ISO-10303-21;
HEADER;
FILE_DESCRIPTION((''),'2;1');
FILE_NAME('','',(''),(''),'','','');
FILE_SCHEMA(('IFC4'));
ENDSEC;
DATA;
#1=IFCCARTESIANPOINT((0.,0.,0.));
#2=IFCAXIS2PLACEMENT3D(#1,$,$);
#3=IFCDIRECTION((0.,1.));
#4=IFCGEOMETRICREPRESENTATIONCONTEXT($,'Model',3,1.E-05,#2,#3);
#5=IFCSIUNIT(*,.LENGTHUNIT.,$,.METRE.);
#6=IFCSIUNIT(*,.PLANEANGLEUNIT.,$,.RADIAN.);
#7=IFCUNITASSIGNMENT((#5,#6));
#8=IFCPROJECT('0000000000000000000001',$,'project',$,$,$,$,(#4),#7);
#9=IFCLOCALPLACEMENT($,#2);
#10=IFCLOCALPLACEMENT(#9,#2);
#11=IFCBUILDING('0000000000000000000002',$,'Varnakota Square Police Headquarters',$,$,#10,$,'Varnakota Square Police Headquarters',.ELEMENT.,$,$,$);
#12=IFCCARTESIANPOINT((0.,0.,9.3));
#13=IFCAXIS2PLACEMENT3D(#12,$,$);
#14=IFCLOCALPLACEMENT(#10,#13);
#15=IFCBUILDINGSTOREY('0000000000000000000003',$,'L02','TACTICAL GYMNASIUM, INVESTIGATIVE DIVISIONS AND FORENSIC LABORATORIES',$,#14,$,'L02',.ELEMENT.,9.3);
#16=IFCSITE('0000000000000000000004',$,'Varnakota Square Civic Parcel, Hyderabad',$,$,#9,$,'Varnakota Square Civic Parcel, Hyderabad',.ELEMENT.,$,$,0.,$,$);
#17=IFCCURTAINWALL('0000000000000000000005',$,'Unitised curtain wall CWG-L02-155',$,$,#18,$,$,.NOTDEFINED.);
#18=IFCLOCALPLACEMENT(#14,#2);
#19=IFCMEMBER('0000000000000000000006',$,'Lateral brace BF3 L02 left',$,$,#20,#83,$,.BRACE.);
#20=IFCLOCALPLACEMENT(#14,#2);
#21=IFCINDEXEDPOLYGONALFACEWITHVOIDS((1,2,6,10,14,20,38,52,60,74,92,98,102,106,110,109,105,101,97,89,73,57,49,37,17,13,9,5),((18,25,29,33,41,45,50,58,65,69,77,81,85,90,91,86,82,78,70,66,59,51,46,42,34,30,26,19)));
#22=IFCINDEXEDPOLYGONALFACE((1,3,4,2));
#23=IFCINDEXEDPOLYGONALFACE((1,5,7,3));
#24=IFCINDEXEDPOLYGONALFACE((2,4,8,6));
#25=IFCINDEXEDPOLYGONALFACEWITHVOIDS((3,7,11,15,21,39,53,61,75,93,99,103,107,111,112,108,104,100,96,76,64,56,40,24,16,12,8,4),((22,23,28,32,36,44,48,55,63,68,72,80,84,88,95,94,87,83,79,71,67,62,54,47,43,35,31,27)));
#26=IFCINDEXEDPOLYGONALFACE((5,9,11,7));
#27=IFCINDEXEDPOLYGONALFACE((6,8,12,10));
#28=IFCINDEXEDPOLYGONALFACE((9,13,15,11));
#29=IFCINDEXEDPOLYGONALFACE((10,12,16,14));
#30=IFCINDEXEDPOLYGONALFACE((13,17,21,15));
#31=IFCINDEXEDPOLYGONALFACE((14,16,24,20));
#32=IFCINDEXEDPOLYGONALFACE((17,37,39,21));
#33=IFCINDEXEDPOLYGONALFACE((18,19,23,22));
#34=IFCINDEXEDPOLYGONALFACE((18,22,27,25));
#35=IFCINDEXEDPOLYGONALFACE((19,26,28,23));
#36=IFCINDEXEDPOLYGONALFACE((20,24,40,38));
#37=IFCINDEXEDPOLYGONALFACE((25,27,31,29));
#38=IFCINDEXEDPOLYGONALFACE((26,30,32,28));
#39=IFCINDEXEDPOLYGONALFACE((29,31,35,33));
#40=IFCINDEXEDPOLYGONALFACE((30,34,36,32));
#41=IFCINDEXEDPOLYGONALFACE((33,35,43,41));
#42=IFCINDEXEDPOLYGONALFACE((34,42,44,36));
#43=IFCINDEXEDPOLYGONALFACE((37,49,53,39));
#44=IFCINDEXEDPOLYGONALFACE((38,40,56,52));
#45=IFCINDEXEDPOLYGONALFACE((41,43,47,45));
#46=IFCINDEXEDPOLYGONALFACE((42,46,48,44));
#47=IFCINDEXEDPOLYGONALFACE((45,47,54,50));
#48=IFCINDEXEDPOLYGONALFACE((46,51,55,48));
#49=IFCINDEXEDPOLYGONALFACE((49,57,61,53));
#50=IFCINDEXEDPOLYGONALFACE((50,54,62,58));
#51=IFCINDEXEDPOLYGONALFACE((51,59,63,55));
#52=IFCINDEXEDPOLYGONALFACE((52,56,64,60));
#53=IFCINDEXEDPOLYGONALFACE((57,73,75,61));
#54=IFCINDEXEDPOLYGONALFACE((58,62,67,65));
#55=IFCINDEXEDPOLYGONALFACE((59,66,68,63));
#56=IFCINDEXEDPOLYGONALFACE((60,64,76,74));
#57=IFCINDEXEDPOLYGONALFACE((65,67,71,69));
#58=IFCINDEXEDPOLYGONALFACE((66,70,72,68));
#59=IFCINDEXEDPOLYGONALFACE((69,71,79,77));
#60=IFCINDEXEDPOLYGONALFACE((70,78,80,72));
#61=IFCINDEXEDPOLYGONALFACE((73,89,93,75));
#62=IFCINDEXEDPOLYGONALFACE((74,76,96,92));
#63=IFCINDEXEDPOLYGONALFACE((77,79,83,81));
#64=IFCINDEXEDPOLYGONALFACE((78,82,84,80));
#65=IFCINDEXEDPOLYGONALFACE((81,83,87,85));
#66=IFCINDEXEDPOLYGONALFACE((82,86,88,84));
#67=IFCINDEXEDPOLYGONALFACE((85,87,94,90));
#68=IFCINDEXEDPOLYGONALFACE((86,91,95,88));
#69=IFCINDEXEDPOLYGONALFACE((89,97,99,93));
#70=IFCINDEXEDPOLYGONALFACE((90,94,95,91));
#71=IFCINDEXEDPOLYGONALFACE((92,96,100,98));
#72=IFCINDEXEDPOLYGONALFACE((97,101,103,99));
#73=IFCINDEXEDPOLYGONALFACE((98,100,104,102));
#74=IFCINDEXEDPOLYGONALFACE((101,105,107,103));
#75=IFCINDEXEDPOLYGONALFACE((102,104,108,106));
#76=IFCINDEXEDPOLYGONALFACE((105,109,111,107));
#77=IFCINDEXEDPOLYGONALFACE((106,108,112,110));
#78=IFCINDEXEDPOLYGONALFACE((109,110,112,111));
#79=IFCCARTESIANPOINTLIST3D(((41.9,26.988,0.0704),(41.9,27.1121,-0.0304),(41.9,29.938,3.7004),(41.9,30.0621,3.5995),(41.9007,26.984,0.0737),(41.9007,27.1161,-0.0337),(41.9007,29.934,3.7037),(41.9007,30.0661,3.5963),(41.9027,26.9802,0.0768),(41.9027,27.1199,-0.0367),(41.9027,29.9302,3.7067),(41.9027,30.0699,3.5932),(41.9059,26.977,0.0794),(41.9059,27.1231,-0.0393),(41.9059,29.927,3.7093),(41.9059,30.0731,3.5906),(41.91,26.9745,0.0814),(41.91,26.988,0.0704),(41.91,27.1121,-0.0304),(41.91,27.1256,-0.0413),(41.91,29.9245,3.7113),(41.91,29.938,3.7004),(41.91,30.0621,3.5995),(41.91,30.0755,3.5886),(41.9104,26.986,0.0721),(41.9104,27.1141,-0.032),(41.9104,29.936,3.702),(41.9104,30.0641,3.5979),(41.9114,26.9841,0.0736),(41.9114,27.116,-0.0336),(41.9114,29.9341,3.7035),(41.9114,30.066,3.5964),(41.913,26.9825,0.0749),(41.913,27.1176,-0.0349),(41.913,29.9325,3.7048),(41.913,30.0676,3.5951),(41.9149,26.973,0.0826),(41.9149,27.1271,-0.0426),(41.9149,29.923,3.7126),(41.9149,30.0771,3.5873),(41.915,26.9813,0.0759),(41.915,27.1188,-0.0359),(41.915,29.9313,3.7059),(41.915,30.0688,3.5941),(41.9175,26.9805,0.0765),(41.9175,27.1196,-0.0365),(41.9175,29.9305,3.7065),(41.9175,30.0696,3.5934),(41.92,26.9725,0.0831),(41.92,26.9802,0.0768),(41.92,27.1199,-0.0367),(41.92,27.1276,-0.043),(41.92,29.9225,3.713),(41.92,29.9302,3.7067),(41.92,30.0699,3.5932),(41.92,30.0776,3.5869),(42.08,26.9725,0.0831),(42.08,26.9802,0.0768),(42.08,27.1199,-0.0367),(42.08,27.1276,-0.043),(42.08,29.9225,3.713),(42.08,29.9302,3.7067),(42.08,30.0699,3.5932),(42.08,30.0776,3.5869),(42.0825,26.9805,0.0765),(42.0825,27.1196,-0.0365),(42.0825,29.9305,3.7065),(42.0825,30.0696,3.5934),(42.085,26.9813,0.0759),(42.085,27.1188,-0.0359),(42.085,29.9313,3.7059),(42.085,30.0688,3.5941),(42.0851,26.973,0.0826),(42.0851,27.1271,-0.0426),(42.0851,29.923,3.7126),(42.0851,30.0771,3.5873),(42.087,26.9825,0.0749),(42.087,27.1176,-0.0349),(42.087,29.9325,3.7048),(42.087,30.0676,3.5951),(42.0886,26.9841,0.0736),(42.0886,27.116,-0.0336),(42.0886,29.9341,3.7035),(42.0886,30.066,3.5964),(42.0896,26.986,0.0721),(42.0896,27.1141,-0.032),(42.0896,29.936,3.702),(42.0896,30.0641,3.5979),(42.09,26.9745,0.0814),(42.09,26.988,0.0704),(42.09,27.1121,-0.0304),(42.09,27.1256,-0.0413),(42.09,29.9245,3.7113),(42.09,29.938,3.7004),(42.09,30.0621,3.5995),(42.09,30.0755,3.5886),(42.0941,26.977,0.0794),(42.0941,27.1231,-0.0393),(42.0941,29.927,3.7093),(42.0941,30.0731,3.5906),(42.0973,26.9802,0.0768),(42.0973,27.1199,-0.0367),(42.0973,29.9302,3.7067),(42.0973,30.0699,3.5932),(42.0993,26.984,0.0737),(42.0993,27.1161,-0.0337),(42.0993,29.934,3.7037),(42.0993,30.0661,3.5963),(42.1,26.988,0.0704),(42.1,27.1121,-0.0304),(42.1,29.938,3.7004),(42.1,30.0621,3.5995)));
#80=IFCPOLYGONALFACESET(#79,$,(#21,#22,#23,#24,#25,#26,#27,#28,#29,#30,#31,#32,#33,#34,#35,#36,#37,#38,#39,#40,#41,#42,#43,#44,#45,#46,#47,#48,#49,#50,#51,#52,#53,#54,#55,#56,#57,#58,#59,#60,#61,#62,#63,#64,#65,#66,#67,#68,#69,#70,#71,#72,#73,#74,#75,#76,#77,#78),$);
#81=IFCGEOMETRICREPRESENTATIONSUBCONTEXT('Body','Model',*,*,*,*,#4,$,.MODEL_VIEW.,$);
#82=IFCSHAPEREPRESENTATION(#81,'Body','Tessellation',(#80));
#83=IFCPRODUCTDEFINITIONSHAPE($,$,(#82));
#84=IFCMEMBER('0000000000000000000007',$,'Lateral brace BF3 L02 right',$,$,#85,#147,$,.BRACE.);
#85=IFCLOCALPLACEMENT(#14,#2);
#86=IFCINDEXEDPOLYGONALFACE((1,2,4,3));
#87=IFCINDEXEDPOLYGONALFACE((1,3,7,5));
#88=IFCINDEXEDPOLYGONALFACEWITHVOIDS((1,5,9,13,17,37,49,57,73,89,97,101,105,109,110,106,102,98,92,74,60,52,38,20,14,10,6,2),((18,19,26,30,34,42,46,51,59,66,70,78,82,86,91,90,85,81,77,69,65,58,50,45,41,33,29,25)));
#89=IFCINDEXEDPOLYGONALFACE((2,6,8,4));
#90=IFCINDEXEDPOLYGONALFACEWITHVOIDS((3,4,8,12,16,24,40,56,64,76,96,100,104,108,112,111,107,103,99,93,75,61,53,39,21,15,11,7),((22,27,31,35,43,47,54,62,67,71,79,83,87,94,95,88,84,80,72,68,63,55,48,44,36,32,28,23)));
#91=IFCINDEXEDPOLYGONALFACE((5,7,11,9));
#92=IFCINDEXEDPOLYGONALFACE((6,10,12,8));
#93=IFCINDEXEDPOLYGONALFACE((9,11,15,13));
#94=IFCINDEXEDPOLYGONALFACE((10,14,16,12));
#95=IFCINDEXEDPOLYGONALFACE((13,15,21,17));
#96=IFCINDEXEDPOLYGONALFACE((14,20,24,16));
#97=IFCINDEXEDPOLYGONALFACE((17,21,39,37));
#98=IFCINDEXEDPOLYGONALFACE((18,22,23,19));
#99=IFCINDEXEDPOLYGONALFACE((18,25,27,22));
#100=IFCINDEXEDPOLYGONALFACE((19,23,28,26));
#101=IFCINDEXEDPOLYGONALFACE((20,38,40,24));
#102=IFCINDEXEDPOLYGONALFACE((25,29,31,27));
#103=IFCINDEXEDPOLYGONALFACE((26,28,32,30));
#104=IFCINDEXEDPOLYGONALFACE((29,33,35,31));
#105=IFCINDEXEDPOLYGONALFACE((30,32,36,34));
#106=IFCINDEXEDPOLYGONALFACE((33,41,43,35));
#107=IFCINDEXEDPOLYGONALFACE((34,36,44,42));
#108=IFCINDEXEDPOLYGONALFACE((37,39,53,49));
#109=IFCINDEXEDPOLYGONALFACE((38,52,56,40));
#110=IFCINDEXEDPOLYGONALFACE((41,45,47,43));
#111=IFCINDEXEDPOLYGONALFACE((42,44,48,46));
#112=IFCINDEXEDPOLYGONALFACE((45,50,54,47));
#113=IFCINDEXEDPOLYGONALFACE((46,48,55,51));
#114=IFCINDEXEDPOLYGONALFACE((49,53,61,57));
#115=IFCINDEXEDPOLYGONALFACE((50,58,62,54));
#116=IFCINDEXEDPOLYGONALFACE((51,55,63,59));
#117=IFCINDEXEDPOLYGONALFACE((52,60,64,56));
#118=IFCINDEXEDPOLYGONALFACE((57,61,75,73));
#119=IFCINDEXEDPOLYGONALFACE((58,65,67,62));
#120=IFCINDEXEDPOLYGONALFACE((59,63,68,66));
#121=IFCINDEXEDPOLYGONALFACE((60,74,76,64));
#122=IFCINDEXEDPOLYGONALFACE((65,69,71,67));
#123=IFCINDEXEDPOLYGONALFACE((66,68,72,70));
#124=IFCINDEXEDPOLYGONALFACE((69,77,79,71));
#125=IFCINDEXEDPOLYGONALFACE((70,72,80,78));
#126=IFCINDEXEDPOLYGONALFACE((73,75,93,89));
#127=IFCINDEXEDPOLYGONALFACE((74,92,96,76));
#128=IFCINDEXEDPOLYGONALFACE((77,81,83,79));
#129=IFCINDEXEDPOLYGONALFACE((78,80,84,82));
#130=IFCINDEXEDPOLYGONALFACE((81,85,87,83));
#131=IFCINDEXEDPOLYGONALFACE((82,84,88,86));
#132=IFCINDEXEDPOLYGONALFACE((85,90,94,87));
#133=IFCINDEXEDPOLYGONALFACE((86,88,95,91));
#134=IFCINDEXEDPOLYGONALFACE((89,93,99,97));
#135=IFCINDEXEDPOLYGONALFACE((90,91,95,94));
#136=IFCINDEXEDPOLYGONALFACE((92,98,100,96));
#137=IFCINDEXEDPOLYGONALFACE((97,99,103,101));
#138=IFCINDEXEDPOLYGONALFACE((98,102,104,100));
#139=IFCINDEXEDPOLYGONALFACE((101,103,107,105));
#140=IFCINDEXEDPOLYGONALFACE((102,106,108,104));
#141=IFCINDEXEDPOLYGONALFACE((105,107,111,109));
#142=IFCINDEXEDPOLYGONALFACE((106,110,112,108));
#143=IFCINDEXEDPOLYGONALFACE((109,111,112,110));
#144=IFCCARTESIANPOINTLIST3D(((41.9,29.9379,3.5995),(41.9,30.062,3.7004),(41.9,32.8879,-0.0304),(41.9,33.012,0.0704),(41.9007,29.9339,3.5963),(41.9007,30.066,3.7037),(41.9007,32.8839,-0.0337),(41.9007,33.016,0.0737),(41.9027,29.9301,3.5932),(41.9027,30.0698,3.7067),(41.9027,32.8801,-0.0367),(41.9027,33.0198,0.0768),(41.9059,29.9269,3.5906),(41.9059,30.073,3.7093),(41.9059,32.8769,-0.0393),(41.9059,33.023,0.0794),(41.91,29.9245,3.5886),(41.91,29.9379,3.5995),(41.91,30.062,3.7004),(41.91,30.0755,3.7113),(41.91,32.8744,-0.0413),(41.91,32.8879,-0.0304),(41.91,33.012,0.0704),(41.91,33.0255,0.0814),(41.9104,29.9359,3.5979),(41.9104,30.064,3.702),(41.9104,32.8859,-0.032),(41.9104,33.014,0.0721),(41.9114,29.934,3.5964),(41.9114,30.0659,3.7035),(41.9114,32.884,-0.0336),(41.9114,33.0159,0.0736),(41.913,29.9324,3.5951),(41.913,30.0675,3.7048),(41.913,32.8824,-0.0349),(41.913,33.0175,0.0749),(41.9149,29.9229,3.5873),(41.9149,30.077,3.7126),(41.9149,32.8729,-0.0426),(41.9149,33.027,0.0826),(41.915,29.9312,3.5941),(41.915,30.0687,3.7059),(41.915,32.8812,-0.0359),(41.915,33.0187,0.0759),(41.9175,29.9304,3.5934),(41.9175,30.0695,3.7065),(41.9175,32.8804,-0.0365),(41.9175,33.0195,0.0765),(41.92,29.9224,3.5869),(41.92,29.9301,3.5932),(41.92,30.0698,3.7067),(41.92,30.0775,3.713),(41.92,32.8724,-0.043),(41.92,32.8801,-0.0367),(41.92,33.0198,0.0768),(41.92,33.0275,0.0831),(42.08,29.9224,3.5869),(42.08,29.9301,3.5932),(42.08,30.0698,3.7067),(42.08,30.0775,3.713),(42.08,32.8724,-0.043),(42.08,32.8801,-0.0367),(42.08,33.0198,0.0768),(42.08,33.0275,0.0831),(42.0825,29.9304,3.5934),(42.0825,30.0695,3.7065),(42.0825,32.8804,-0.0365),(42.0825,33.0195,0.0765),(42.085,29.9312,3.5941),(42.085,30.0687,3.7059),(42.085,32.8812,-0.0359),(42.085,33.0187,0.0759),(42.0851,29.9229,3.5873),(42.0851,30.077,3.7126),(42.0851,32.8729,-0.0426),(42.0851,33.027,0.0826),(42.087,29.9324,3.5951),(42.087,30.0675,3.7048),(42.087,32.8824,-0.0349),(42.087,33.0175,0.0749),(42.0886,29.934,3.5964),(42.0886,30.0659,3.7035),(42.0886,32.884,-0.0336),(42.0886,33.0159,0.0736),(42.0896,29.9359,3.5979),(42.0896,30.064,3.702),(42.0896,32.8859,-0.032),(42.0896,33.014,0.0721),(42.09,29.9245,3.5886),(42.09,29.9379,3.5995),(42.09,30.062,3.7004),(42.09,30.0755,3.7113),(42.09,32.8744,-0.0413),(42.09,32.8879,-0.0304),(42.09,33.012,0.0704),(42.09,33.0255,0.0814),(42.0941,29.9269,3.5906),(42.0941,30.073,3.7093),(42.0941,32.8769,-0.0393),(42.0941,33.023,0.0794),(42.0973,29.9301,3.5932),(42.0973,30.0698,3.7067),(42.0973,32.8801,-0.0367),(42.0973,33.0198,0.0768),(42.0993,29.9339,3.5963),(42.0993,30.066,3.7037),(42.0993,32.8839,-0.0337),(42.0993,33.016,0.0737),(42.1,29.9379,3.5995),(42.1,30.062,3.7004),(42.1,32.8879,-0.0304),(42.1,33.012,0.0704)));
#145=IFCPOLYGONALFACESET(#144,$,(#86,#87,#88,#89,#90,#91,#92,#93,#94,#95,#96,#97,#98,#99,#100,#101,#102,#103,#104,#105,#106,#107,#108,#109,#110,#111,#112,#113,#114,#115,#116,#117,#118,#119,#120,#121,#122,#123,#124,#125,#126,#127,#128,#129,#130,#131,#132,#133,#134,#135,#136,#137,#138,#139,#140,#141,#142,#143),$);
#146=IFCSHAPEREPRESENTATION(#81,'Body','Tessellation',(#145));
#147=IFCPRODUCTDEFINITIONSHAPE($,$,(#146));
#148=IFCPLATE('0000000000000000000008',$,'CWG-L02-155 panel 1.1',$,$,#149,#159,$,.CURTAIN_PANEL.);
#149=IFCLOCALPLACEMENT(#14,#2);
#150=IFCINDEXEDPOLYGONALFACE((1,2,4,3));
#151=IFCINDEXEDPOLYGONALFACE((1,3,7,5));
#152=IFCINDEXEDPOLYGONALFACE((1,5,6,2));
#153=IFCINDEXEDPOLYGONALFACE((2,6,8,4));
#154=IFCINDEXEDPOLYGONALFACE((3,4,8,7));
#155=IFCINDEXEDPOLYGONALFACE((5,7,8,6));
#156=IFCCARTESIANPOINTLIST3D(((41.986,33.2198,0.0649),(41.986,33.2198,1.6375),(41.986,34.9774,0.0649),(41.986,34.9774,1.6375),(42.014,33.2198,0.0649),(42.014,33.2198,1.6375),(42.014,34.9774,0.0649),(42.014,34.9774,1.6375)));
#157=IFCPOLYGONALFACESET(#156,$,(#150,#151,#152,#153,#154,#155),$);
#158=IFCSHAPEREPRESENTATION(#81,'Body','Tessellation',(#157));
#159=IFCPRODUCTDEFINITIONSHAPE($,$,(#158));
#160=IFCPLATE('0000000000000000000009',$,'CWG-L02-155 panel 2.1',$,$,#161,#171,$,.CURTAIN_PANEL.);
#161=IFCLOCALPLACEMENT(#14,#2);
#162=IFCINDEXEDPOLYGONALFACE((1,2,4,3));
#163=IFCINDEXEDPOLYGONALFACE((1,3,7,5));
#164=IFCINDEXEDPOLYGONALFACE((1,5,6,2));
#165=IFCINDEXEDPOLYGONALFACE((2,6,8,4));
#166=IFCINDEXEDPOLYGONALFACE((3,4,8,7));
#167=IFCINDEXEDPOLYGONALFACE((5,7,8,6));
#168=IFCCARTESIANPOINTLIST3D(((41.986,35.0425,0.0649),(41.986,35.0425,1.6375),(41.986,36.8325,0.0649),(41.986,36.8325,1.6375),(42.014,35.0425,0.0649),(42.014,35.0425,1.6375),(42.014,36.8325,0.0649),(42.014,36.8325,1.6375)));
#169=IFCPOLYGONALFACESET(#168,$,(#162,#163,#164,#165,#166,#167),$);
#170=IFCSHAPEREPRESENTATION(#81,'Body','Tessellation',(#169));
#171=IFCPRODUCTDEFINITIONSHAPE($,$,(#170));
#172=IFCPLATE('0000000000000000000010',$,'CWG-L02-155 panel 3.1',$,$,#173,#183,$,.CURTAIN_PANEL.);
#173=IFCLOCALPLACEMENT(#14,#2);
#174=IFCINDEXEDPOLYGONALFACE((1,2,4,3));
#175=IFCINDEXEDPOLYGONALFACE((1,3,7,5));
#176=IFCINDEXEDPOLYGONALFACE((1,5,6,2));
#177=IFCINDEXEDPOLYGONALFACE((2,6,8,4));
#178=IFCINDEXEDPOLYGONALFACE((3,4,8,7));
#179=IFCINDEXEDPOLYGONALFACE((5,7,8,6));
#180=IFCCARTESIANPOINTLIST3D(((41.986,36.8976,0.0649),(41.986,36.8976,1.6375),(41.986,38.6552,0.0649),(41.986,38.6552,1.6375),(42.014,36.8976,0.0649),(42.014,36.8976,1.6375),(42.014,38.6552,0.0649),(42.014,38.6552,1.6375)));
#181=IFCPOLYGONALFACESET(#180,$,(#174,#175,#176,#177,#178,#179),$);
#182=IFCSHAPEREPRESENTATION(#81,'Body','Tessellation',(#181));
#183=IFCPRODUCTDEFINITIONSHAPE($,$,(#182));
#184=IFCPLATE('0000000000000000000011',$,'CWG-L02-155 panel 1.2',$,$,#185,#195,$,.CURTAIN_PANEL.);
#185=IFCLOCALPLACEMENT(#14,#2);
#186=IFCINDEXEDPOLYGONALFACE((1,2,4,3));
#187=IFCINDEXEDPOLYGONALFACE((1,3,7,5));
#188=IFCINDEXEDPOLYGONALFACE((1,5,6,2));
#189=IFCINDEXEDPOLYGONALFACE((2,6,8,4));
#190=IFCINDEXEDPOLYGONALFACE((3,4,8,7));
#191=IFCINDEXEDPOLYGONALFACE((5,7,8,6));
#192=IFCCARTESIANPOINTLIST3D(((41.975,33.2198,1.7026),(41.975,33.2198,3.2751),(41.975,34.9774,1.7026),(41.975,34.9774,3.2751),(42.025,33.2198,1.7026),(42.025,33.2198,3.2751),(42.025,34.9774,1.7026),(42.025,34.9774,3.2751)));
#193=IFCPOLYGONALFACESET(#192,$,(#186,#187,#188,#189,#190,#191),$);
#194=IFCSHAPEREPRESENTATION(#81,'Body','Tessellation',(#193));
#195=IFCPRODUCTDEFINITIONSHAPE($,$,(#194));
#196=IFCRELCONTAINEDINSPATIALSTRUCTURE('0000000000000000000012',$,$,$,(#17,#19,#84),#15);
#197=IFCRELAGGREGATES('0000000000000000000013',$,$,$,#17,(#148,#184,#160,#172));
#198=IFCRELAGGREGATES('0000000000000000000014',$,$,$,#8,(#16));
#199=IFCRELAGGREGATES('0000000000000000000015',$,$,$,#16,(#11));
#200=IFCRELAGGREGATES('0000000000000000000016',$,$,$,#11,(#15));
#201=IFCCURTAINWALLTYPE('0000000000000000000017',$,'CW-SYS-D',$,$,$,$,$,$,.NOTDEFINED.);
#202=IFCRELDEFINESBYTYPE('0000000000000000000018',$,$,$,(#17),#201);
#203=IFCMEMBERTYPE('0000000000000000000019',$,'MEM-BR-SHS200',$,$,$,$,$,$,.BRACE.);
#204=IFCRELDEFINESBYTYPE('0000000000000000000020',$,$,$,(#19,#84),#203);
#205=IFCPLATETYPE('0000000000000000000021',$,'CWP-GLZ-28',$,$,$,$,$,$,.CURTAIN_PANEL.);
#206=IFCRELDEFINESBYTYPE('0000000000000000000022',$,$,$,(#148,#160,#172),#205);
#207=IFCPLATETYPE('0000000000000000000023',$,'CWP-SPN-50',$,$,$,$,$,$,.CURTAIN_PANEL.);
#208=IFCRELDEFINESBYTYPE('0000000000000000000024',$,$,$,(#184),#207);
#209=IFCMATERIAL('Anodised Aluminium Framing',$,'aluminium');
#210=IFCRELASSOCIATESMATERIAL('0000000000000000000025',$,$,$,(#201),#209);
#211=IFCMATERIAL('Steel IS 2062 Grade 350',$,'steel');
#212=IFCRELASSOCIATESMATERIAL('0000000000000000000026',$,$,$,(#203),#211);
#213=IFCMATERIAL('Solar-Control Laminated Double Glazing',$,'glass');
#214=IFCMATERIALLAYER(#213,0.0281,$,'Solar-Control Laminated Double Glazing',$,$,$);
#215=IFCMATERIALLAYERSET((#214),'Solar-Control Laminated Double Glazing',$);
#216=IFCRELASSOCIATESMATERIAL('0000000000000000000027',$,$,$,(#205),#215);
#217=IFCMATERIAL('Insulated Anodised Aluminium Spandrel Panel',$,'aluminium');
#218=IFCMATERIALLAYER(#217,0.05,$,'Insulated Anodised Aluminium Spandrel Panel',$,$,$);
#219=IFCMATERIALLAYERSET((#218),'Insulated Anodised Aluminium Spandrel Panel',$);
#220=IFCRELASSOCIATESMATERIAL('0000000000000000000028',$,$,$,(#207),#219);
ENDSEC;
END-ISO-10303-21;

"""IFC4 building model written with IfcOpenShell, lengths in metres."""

from ifc_helpers import new_model, si_unit, direction, frame, origin, origin_2d, place, context, subcontext, project, spatial, rectangle, hollow_rectangle, extrude, material, layer, layer_set, material_profile, profile_set, type_object, element, aggregate, save


model = new_model("IFC4")

# Units and contexts
model_context = context("Model", 3, precision=1e-05, world=origin(), true_north=direction((0.0, 1.0)))
body_context = subcontext(model_context, "Body", "Model", "MODEL_VIEW")
ifc_project = project(units=[si_unit("LENGTHUNIT", "METRE"), si_unit("PLANEANGLEUNIT", "RADIAN")], contexts=[model_context])

# Site, building, storey
site_placement = place(None, origin())
site = spatial("IfcSite", under=ifc_project, at=site_placement, Name="Varnakota Square Civic Parcel, Hyderabad", LongName="Varnakota Square Civic Parcel, Hyderabad", CompositionType="ELEMENT", RefElevation=0.0)
building_placement = place(site_placement, origin())
building = spatial("IfcBuilding", under=site, at=building_placement, Name="Varnakota Square Police Headquarters", LongName="Varnakota Square Police Headquarters", CompositionType="ELEMENT")
storey_placement = place(building_placement, frame((0.0, 0.0, 9.3)))
storey = spatial("IfcBuildingStorey", under=building, at=storey_placement, Name="L02", Description="TACTICAL GYMNASIUM, INVESTIGATIVE DIVISIONS AND FORENSIC LABORATORIES", LongName="L02", CompositionType="ELEMENT", Elevation=9.3)

# Shared definitions
ifc_material_1 = material(Name="Steel IS 2062 Grade 350", Category="steel")

# Shared definitions
ifc_material_2 = material(Name="Anodised Aluminium Framing", Category="aluminium")
curtain_wall_type = type_object("IfcCurtainWallType", Name="CW-SYS-D", PredefinedType="NOTDEFINED", material=ifc_material_2)

# Curtain wall
curtain_wall_1_placement = place(storey_placement, origin())
curtain_wall_1 = element("IfcCurtainWall", 1, at=curtain_wall_1_placement, inside=storey, type_object=curtain_wall_type, Name="Unitised curtain wall CWG-L02-155", PredefinedType="NOTDEFINED")

# Members
ifc_material_profile_1 = material_profile(ifc_material_1, hollow_rectangle(XDim=0.2, YDim=0.2, WallThickness=0.01, InnerFilletRadius=0.01, OuterFilletRadius=0.02, at=origin_2d()), Name="SHS 200x200x10")
ifc_profile_set_1 = profile_set([ifc_material_profile_1], Name="Steel IS 2062 Grade 350")
member_type_1 = type_object("IfcMemberType", Name="MEM-BR-SHS200", PredefinedType="BRACE", material=ifc_profile_set_1)
for number, where, z_axis, x_axis, name in (
    (2, (42.0, 27.05, 0.02), (0.0, 0.630679, 0.776044), (-1.0, 0.0, 0.0), "Lateral brace BF3 L02 left"),
    (3, (42.0, 32.95, 0.02), (0.0, -0.630679, 0.776044), (1.0, 0.0, 0.0), "Lateral brace BF3 L02 right"),
):
    element("IfcMember", number, at=place(storey_placement, frame(where, z_axis=z_axis, x_axis=x_axis)), inside=storey, type_object=member_type_1, Name=name, PredefinedType="BRACE", context=body_context, shape_type="SweptSolid", body=[
        extrude(hollow_rectangle(XDim=0.2, YDim=0.2, WallThickness=0.01, InnerFilletRadius=0.01, OuterFilletRadius=0.02, at=origin_2d()), origin(), (0.0, 0.0, 1.0), 4.6775),
    ])

# Plates
ifc_material_3 = material(Name="Solar-Control Laminated Double Glazing", Category="glass")
ifc_layer_1 = layer(ifc_material_3, 0.0281, Name="Solar-Control Laminated Double Glazing")
ifc_layer_set_1 = layer_set([ifc_layer_1], Name="Solar-Control Laminated Double Glazing")
plate_type_1 = type_object("IfcPlateType", Name="CWP-GLZ-28", PredefinedType="CURTAIN_PANEL", material=ifc_layer_set_1)
plate_1_placement = place(storey_placement, frame((42.0, 34.0986, 0.0649), z_axis=(0.0, 0.0, 1.0), x_axis=(0.0, 1.0, 0.0)))
plate_1 = element("IfcPlate", 4, at=plate_1_placement, type_object=plate_type_1, Name="CWG-L02-155 panel 1.1", PredefinedType="CURTAIN_PANEL", context=body_context, shape_type="SweptSolid", body=[
    extrude(rectangle(XDim=1.7576, YDim=0.0281, at=origin_2d()), origin(), (0.0, 0.0, 1.0), 1.5725),
])
plate_2_placement = place(storey_placement, frame((42.0, 35.9375, 0.0649), z_axis=(0.0, 0.0, 1.0), x_axis=(0.0, 1.0, 0.0)))
plate_2 = element("IfcPlate", 5, at=plate_2_placement, type_object=plate_type_1, Name="CWG-L02-155 panel 2.1", PredefinedType="CURTAIN_PANEL", context=body_context, shape_type="SweptSolid", body=[
    extrude(rectangle(XDim=1.79, YDim=0.0281, at=origin_2d()), origin(), (0.0, 0.0, 1.0), 1.5725),
])
plate_3_placement = place(storey_placement, frame((42.0, 37.7764, 0.0649), z_axis=(0.0, 0.0, 1.0), x_axis=(0.0, 1.0, 0.0)))
plate_3 = element("IfcPlate", 6, at=plate_3_placement, type_object=plate_type_1, Name="CWG-L02-155 panel 3.1", PredefinedType="CURTAIN_PANEL", context=body_context, shape_type="SweptSolid", body=[
    extrude(rectangle(XDim=1.7576, YDim=0.0281, at=origin_2d()), origin(), (0.0, 0.0, 1.0), 1.5725),
])
ifc_material_4 = material(Name="Insulated Anodised Aluminium Spandrel Panel", Category="aluminium")
ifc_layer_2 = layer(ifc_material_4, 0.05, Name="Insulated Anodised Aluminium Spandrel Panel")
ifc_layer_set_2 = layer_set([ifc_layer_2], Name="Insulated Anodised Aluminium Spandrel Panel")
plate_type_2 = type_object("IfcPlateType", Name="CWP-SPN-50", PredefinedType="CURTAIN_PANEL", material=ifc_layer_set_2)
plate_4_placement = place(storey_placement, frame((42.0, 34.0986, 1.7026), z_axis=(0.0, 0.0, 1.0), x_axis=(0.0, 1.0, 0.0)))
plate_4 = element("IfcPlate", 7, at=plate_4_placement, type_object=plate_type_2, Name="CWG-L02-155 panel 1.2", PredefinedType="CURTAIN_PANEL", context=body_context, shape_type="SweptSolid", body=[
    extrude(rectangle(XDim=1.7576, YDim=0.05, at=origin_2d()), origin(), (0.0, 0.0, 1.0), 1.5725),
])
aggregate(curtain_wall_1, [plate_1, plate_4, plate_2, plate_3])

save(model, "model.ifc")
